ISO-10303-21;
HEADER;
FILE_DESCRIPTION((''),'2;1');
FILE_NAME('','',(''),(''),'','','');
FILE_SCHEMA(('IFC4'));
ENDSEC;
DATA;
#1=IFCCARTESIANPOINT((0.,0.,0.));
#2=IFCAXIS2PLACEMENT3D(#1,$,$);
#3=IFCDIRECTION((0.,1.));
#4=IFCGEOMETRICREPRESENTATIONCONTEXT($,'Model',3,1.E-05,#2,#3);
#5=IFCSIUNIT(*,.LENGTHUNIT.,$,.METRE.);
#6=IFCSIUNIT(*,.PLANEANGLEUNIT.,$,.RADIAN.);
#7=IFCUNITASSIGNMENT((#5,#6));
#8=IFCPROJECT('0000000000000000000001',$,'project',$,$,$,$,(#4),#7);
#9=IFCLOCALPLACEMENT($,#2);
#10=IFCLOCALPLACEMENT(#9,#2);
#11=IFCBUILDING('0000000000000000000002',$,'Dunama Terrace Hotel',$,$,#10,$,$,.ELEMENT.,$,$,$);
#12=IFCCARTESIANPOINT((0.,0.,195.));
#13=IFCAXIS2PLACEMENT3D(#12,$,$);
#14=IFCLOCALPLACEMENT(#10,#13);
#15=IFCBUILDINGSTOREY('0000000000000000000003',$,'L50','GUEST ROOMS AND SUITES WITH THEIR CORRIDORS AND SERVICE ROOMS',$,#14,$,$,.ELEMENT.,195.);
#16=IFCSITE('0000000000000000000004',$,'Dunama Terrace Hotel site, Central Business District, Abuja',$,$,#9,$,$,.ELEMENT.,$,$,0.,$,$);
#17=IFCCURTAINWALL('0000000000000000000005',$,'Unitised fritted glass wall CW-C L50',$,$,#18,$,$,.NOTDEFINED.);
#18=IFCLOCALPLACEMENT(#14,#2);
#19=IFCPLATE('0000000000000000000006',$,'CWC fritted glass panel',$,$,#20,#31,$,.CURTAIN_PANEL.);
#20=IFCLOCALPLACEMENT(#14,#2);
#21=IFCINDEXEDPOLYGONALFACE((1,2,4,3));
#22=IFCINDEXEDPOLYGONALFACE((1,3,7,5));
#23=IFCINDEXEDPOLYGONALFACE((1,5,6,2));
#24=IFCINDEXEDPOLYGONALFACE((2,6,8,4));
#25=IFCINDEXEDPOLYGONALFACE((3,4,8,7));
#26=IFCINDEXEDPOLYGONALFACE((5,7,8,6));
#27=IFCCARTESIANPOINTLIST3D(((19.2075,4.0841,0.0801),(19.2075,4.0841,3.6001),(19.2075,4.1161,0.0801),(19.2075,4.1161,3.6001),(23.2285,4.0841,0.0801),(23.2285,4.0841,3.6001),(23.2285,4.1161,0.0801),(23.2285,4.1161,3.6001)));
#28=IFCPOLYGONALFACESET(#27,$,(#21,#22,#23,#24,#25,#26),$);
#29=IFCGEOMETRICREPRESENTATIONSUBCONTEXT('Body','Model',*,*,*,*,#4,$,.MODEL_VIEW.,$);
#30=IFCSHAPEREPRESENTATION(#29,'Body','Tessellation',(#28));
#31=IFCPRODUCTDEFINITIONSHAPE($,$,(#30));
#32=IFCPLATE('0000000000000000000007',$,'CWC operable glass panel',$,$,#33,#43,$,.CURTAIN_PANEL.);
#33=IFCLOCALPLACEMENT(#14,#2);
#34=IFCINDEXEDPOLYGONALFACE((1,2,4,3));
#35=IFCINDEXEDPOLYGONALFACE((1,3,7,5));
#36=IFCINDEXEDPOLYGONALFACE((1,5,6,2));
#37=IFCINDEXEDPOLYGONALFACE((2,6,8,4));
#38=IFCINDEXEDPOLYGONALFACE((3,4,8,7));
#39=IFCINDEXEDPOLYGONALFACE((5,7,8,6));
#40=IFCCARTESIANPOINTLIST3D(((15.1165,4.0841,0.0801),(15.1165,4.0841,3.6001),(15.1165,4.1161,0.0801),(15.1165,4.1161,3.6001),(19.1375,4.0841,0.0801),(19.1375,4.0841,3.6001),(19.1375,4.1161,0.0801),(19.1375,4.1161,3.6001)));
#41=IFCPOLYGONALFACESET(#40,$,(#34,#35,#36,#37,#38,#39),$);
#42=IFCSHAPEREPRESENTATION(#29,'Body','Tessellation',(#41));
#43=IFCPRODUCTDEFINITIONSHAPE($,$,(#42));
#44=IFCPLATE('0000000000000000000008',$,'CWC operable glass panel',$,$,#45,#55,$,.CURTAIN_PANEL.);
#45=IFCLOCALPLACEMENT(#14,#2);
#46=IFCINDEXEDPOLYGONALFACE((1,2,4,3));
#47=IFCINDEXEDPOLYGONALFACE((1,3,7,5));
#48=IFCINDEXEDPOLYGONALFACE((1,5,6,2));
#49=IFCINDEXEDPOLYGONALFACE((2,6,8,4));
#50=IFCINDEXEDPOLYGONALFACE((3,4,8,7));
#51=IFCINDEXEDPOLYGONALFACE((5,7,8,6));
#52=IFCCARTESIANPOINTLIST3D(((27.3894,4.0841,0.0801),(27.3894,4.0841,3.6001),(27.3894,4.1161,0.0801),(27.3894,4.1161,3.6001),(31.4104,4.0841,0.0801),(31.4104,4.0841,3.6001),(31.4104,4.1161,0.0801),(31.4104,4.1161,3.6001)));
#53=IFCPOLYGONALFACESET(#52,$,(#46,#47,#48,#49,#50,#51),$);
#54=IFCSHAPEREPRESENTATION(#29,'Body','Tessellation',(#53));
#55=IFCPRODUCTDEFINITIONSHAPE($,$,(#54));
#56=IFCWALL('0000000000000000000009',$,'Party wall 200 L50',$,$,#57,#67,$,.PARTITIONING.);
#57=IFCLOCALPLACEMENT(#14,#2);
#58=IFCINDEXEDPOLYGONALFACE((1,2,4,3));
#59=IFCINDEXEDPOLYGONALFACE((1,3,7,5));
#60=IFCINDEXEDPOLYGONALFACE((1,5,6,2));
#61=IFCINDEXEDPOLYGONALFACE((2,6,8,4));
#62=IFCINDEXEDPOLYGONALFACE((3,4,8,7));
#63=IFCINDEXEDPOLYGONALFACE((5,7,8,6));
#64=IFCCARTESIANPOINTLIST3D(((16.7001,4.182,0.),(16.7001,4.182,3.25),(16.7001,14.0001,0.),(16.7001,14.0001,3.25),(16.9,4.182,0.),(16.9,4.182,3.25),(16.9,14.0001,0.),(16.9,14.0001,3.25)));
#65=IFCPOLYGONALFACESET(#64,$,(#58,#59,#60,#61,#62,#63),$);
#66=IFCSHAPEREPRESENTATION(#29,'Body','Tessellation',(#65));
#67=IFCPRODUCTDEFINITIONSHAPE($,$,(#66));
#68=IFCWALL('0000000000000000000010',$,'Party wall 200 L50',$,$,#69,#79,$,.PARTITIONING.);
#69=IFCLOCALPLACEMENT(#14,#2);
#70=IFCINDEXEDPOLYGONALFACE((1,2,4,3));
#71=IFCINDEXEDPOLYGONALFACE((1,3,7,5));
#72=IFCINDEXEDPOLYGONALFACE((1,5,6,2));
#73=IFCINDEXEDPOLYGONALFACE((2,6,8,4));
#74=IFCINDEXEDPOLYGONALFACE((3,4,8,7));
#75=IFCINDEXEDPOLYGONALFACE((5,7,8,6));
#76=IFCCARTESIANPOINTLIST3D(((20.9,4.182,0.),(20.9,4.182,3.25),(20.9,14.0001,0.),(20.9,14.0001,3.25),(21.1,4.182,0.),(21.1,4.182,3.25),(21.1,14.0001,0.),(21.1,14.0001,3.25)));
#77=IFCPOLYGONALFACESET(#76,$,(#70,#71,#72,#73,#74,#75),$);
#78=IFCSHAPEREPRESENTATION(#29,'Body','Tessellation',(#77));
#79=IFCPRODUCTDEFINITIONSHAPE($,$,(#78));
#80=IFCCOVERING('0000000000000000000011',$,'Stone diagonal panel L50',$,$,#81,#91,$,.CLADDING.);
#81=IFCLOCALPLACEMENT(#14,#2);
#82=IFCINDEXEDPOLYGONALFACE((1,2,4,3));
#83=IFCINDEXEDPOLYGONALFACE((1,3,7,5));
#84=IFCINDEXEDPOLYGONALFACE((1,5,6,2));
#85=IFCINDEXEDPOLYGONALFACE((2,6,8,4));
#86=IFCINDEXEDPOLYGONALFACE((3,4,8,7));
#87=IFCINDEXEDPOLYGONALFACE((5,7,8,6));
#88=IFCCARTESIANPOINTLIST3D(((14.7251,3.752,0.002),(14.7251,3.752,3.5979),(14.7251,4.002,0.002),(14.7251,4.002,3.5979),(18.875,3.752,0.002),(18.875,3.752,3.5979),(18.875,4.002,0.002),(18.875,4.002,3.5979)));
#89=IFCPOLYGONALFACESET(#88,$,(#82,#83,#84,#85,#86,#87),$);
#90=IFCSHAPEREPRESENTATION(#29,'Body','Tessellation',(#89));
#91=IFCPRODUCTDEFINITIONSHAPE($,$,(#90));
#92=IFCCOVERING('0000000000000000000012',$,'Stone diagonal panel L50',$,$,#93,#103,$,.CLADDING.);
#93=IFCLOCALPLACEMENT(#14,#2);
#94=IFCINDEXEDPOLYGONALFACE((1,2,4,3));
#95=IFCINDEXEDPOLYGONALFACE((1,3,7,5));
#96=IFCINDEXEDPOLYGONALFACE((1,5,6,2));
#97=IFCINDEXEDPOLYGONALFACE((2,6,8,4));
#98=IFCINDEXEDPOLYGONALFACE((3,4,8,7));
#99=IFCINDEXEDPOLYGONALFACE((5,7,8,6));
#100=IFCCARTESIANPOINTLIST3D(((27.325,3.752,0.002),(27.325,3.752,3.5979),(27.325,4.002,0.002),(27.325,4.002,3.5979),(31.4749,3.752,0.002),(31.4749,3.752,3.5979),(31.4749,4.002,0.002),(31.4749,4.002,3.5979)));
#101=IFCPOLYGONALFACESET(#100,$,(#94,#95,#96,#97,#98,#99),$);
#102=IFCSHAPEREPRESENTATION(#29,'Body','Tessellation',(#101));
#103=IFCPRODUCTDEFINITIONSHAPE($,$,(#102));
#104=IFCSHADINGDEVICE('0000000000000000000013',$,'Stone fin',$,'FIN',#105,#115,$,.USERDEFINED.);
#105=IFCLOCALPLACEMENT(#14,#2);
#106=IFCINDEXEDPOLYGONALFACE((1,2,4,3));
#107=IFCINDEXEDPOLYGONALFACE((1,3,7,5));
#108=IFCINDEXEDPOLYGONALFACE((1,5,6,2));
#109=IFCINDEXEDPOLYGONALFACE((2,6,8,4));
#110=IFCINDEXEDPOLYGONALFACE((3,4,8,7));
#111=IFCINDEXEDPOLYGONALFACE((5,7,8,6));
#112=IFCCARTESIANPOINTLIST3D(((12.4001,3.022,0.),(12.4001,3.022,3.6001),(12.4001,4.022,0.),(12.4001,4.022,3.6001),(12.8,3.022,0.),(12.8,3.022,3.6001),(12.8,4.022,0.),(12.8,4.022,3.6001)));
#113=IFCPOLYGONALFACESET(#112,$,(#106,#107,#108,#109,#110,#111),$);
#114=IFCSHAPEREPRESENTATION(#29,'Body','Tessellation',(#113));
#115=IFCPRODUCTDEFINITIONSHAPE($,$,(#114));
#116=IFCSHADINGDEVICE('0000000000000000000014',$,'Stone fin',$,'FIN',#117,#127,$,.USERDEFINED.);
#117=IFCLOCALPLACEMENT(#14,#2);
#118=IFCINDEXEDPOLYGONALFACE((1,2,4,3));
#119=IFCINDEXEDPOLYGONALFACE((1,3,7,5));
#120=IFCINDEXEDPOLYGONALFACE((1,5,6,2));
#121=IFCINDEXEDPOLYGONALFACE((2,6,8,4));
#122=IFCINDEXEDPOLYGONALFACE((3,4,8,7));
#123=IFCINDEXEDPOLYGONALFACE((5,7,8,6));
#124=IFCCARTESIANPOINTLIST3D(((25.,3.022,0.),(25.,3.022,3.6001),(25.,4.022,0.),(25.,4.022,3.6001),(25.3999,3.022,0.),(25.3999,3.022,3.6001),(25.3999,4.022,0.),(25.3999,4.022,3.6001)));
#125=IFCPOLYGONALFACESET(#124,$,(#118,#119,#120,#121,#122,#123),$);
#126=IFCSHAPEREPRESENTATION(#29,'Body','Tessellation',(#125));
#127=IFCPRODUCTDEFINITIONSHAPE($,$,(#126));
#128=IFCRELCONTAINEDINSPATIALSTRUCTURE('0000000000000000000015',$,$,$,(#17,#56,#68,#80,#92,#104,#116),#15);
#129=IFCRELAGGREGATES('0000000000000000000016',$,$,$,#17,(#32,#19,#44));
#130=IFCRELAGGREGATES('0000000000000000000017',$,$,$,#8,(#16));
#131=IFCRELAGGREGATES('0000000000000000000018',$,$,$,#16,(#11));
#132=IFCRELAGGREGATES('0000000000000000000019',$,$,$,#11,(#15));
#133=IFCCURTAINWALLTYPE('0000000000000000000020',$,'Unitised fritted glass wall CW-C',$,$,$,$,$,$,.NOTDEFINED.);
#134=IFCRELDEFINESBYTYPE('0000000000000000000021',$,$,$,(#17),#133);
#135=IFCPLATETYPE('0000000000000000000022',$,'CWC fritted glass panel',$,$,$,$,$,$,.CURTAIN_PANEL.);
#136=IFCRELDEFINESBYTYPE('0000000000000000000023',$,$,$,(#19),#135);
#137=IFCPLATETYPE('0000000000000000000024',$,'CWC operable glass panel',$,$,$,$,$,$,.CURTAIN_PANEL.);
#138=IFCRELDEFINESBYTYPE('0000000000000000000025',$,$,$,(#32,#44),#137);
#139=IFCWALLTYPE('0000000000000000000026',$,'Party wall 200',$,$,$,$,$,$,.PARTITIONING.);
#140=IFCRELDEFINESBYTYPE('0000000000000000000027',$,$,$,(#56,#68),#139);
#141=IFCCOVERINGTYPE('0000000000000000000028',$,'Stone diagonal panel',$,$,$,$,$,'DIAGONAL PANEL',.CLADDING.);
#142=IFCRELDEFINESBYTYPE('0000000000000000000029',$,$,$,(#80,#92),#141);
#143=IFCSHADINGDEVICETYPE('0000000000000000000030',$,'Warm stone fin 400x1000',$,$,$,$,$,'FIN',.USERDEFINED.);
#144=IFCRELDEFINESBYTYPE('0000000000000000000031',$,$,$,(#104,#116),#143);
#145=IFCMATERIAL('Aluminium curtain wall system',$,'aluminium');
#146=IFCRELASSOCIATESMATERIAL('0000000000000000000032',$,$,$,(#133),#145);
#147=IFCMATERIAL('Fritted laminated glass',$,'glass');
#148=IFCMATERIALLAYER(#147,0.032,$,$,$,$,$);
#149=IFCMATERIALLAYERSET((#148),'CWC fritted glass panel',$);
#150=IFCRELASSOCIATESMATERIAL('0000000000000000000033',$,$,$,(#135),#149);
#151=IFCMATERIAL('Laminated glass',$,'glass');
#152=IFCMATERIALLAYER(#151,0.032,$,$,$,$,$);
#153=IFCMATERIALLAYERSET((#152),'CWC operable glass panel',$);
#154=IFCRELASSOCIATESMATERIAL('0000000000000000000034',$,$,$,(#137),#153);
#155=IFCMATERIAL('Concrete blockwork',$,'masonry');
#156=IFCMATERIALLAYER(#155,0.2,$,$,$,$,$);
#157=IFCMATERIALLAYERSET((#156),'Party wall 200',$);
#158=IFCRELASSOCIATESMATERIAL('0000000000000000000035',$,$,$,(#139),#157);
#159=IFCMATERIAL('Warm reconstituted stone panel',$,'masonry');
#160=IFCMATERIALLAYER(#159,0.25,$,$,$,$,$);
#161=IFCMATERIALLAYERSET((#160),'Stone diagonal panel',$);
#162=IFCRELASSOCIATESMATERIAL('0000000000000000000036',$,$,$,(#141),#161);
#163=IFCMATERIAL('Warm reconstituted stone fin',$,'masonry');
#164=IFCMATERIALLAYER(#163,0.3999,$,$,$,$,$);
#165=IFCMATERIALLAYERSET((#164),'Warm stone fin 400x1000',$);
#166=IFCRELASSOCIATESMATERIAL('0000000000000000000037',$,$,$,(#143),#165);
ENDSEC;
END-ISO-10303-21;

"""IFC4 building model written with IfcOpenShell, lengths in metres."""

from ifc_helpers import new_model, si_unit, direction, frame, frame_2d, origin, origin_2d, place, context, subcontext, project, spatial, rectangle, extrude, material, layer, layer_set, type_object, element, aggregate, save


model = new_model("IFC4")

# Units and contexts
model_context = context("Model", 3, precision=1e-05, world=origin(), true_north=direction((0.0, 1.0)))
body_context = subcontext(model_context, "Body", "Model", "MODEL_VIEW")
ifc_project = project(units=[si_unit("LENGTHUNIT", "METRE"), si_unit("PLANEANGLEUNIT", "RADIAN")], contexts=[model_context])

# Site, building, storey
site_placement = place(None, origin())
site = spatial("IfcSite", under=ifc_project, at=site_placement, Name="Dunama Terrace Hotel site, Central Business District, Abuja", CompositionType="ELEMENT", RefElevation=0.0)
building_placement = place(site_placement, origin())
building = spatial("IfcBuilding", under=site, at=building_placement, Name="Dunama Terrace Hotel", CompositionType="ELEMENT")
storey_placement = place(building_placement, frame((0.0, 0.0, 195.0)))
storey = spatial("IfcBuildingStorey", under=building, at=storey_placement, Name="L50", Description="GUEST ROOMS AND SUITES WITH THEIR CORRIDORS AND SERVICE ROOMS", CompositionType="ELEMENT", Elevation=195.0)

# Curtain wall
ifc_material_1 = material(Name="Aluminium curtain wall system", Category="aluminium")
curtain_wall_type = type_object("IfcCurtainWallType", Name="Unitised fritted glass wall CW-C", PredefinedType="NOTDEFINED", material=ifc_material_1)
curtain_wall_placement = place(storey_placement, origin())
curtain_wall = element("IfcCurtainWall", 1, at=curtain_wall_placement, inside=storey, type_object=curtain_wall_type, Name="Unitised fritted glass wall CW-C L50", PredefinedType="NOTDEFINED")

# Plates
ifc_material_2 = material(Name="Fritted laminated glass", Category="glass")
ifc_layer_1 = layer(ifc_material_2, 0.032)
ifc_layer_set_1 = layer_set([ifc_layer_1], Name="CWC fritted glass panel")
plate_type_1 = type_object("IfcPlateType", Name="CWC fritted glass panel", PredefinedType="CURTAIN_PANEL", material=ifc_layer_set_1)
plate_1_placement = place(storey_placement, frame((21.218, 4.1001, 0.0801), z_axis=(0.0, 0.0, 1.0), x_axis=(1.0, 0.0, 0.0)))
plate_1 = element("IfcPlate", 2, at=plate_1_placement, type_object=plate_type_1, Name="CWC fritted glass panel", PredefinedType="CURTAIN_PANEL", context=body_context, shape_type="SweptSolid", body=[
    extrude(rectangle(XDim=4.021, YDim=0.032, at=origin_2d()), origin(), (0.0, 0.0, 1.0), 3.52),
])
ifc_material_3 = material(Name="Laminated glass", Category="glass")
ifc_layer_2 = layer(ifc_material_3, 0.032)
ifc_layer_set_2 = layer_set([ifc_layer_2], Name="CWC operable glass panel")
plate_type_2 = type_object("IfcPlateType", Name="CWC operable glass panel", PredefinedType="CURTAIN_PANEL", material=ifc_layer_set_2)
plate_2_placement = place(storey_placement, frame((17.127, 4.1001, 0.0801), z_axis=(0.0, 0.0, 1.0), x_axis=(1.0, 0.0, 0.0)))
plate_2 = element("IfcPlate", 3, at=plate_2_placement, type_object=plate_type_2, Name="CWC operable glass panel", PredefinedType="CURTAIN_PANEL", context=body_context, shape_type="SweptSolid", body=[
    extrude(rectangle(XDim=4.021, YDim=0.032, at=origin_2d()), origin(), (0.0, 0.0, 1.0), 3.52),
])
plate_3_placement = place(storey_placement, frame((29.3999, 4.1001, 0.0801), z_axis=(0.0, 0.0, 1.0), x_axis=(1.0, 0.0, 0.0)))
plate_3 = element("IfcPlate", 4, at=plate_3_placement, type_object=plate_type_2, Name="CWC operable glass panel", PredefinedType="CURTAIN_PANEL", context=body_context, shape_type="SweptSolid", body=[
    extrude(rectangle(XDim=4.021, YDim=0.032, at=origin_2d()), origin(), (0.0, 0.0, 1.0), 3.52),
])
aggregate(curtain_wall, [plate_2, plate_1, plate_3])

# Walls
ifc_material_4 = material(Name="Concrete blockwork", Category="masonry")
ifc_layer_3 = layer(ifc_material_4, 0.2)
ifc_layer_set_3 = layer_set([ifc_layer_3], Name="Party wall 200")
wall_type = type_object("IfcWallType", Name="Party wall 200", PredefinedType="PARTITIONING", material=ifc_layer_set_3)
for number, where, z_axis, x_axis, name in (
    (5, (16.8, 4.1819, 0.0), (0.0, 0.0, 1.0), (0.0, 1.0, 0.0), "Party wall 200 L50"),
    (6, (21.0, 4.1819, 0.0), (0.0, 0.0, 1.0), (0.0, 1.0, 0.0), "Party wall 200 L50"),
):
    element("IfcWall", number, at=place(storey_placement, frame(where, z_axis=z_axis, x_axis=x_axis)), inside=storey, type_object=wall_type, Name=name, PredefinedType="PARTITIONING", context=body_context, shape_type="SweptSolid", body=[
        extrude(rectangle(XDim=9.8181, YDim=0.2, at=frame_2d((4.9092, 0.0))), origin(), (0.0, 0.0, 1.0), 3.25),
    ])

# Coverings
ifc_material_5 = material(Name="Warm reconstituted stone panel", Category="masonry")
ifc_layer_4 = layer(ifc_material_5, 0.25)
ifc_layer_set_4 = layer_set([ifc_layer_4], Name="Stone diagonal panel")
covering_type = type_object("IfcCoveringType", Name="Stone diagonal panel", ElementType="DIAGONAL PANEL", PredefinedType="CLADDING", material=ifc_layer_set_4)
for number, where, z_axis, x_axis, name in (
    (7, (16.8, 3.877, 0.002), (0.0, 0.0, 1.0), (1.0, 0.0, 0.0), "Stone diagonal panel L50"),
    (8, (29.3999, 3.877, 0.002), (0.0, 0.0, 1.0), (1.0, 0.0, 0.0), "Stone diagonal panel L50"),
):
    element("IfcCovering", number, at=place(storey_placement, frame(where, z_axis=z_axis, x_axis=x_axis)), inside=storey, type_object=covering_type, Name=name, PredefinedType="CLADDING", context=body_context, shape_type="SweptSolid", body=[
        extrude(rectangle(XDim=4.1499, YDim=0.25, at=origin_2d()), origin(), (0.0, 0.0, 1.0), 3.5959),
    ])

# Shading devices
ifc_material_6 = material(Name="Warm reconstituted stone fin", Category="masonry")
ifc_layer_5 = layer(ifc_material_6, 0.3999)
ifc_layer_set_5 = layer_set([ifc_layer_5], Name="Warm stone fin 400x1000")
shading_device_type = type_object("IfcShadingDeviceType", Name="Warm stone fin 400x1000", ElementType="FIN", PredefinedType="USERDEFINED", material=ifc_layer_set_5)
for number, where, z_axis, x_axis, name in (
    (9, (12.6001, 3.522, 0.0), (0.0, 0.0, 1.0), (1.0, 0.0, 0.0), "Stone fin"),
    (10, (25.2, 3.522, 0.0), (0.0, 0.0, 1.0), (1.0, 0.0, 0.0), "Stone fin"),
):
    element("IfcShadingDevice", number, at=place(storey_placement, frame(where, z_axis=z_axis, x_axis=x_axis)), inside=storey, type_object=shading_device_type, Name=name, ObjectType="FIN", PredefinedType="USERDEFINED", context=body_context, shape_type="SweptSolid", body=[
        extrude(rectangle(XDim=0.3999, YDim=1.0, at=origin_2d()), origin(), (0.0, 0.0, 1.0), 3.6001),
    ])

save(model, "model.ifc")
